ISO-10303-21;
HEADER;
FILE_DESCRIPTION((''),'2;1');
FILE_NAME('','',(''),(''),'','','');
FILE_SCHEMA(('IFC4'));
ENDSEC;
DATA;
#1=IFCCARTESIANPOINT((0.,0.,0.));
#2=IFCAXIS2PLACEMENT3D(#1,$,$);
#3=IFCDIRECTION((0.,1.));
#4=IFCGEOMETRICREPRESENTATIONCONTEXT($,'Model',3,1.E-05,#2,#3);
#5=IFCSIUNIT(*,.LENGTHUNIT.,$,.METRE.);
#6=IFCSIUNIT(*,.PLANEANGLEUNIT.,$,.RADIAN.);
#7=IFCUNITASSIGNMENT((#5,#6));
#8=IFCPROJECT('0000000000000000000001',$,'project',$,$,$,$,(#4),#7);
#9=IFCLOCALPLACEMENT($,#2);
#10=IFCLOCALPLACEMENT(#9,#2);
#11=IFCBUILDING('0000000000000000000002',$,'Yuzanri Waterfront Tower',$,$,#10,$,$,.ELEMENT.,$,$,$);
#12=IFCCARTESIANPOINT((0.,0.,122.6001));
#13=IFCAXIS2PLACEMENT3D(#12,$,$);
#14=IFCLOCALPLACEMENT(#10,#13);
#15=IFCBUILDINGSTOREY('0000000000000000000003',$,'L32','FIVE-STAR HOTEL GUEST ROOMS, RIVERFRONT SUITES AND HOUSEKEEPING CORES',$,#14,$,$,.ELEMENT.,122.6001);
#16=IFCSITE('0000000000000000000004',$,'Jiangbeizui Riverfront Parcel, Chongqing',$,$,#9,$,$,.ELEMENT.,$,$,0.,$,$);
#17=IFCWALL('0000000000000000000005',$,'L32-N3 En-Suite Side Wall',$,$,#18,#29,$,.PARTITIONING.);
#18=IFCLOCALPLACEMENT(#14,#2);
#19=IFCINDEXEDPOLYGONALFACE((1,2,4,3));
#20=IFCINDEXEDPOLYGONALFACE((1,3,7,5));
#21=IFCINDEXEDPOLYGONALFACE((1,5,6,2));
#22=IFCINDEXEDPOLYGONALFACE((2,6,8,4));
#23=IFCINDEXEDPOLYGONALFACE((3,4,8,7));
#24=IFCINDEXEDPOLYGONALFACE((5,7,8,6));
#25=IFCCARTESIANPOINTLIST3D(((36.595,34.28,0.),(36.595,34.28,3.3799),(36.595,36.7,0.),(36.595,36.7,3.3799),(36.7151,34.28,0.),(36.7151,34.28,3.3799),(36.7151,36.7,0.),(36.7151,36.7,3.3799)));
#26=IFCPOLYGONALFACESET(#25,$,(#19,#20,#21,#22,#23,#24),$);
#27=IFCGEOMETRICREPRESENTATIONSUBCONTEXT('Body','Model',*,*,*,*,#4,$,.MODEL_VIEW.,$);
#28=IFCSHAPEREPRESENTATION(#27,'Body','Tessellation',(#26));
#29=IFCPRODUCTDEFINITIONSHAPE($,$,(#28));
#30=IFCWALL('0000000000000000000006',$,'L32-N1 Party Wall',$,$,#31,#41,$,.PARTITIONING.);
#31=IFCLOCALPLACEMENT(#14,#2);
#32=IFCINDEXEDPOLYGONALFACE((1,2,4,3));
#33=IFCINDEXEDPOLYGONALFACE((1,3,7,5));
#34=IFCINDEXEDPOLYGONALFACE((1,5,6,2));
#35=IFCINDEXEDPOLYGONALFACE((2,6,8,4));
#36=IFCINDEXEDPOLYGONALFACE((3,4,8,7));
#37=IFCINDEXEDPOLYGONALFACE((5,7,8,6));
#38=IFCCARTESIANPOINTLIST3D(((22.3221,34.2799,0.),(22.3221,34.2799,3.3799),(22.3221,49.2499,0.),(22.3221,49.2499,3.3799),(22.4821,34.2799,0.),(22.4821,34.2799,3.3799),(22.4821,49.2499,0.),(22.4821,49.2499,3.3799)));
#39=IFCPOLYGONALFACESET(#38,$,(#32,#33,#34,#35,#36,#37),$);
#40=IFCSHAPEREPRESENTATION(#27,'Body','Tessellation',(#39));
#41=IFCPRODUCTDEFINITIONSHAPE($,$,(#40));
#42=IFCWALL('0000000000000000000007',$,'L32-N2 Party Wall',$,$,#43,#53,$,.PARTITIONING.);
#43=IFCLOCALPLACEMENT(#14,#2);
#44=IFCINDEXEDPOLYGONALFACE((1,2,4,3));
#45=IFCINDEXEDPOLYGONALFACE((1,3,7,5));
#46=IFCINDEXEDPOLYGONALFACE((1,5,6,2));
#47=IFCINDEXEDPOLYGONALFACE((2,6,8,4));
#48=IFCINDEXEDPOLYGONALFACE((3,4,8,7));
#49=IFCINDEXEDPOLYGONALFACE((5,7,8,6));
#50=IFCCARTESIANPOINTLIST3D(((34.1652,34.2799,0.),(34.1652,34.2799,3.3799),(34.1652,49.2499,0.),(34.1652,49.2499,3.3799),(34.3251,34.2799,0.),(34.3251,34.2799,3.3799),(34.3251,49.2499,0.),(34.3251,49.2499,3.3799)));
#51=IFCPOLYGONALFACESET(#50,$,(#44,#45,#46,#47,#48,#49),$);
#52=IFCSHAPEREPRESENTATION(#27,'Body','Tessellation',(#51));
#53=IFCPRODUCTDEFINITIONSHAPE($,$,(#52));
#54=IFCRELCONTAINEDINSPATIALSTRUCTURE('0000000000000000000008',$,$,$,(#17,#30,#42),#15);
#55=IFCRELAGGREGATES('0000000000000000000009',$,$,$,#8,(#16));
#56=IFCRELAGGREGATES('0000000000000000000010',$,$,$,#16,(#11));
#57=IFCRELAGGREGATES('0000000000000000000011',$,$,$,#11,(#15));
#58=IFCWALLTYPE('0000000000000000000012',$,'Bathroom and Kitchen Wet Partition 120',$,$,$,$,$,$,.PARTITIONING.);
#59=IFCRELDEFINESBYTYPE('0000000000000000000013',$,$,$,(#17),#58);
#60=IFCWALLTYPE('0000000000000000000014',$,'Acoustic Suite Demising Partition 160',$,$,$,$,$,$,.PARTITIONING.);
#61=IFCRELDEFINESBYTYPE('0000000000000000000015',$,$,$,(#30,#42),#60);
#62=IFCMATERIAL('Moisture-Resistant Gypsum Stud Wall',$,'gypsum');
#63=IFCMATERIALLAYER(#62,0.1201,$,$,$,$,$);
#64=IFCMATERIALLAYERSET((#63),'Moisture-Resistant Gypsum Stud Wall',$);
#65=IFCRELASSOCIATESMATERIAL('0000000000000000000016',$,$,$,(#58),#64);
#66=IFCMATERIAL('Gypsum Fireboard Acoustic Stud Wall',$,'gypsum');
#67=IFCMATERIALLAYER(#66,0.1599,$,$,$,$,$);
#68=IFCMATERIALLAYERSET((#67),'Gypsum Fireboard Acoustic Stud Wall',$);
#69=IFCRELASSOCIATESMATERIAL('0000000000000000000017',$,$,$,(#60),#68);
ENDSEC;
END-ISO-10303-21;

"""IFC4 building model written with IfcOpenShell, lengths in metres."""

from ifc_helpers import new_model, si_unit, direction, frame, frame_2d, origin, place, context, subcontext, project, spatial, rectangle, extrude, source, transform, mapped, material, layer, layer_set, type_object, element, save


model = new_model("IFC4")

# Units and contexts
model_context = context("Model", 3, precision=1e-05, world=origin(), true_north=direction((0.0, 1.0)))
body_context = subcontext(model_context, "Body", "Model", "MODEL_VIEW")
ifc_project = project(units=[si_unit("LENGTHUNIT", "METRE"), si_unit("PLANEANGLEUNIT", "RADIAN")], contexts=[model_context])

# Site, building, storey
site_placement = place(None, origin())
site = spatial("IfcSite", under=ifc_project, at=site_placement, Name="Jiangbeizui Riverfront Parcel, Chongqing", CompositionType="ELEMENT", RefElevation=0.0)
building_placement = place(site_placement, origin())
building = spatial("IfcBuilding", under=site, at=building_placement, Name="Yuzanri Waterfront Tower", CompositionType="ELEMENT")
storey_placement = place(building_placement, frame((0.0, 0.0, 122.6001)))
storey = spatial("IfcBuildingStorey", under=building, at=storey_placement, Name="L32", Description="FIVE-STAR HOTEL GUEST ROOMS, RIVERFRONT SUITES AND HOUSEKEEPING CORES", CompositionType="ELEMENT", Elevation=122.6001)

# Shared definitions
ifc_material_1 = material(Name="Moisture-Resistant Gypsum Stud Wall", Category="gypsum")
ifc_layer_1 = layer(ifc_material_1, 0.1201)
ifc_layer_set_1 = layer_set([ifc_layer_1], Name="Moisture-Resistant Gypsum Stud Wall")
wall_type_1 = type_object("IfcWallType", Name="Bathroom and Kitchen Wet Partition 120", PredefinedType="PARTITIONING", material=ifc_layer_set_1)

# Walls
shared_shape_1 = source(origin(), body_context, "Body", "SweptSolid", [
    extrude(rectangle(XDim=2.4199, YDim=0.1201, at=frame_2d((1.21, 0.0))), origin(), (0.0, 0.0, 1.0), 3.3799),
])
for number, where, z_axis, x_axis, name in (
    (1, (36.655, 34.28, 0.0), (0.0, 0.0, 1.0), (0.0, 1.0, 0.0), "L32-N3 En-Suite Side Wall"),
):
    element("IfcWall", number, at=place(storey_placement, frame(where, z_axis=z_axis, x_axis=x_axis)), inside=storey, type_object=wall_type_1, Name=name, PredefinedType="PARTITIONING", context=body_context, shape_type="MappedRepresentation", body=[
        mapped(shared_shape_1, transform((0.0, 0.0, 0.0), scale=1.0)),
    ])
ifc_material_2 = material(Name="Gypsum Fireboard Acoustic Stud Wall", Category="gypsum")
ifc_layer_2 = layer(ifc_material_2, 0.1599)
ifc_layer_set_2 = layer_set([ifc_layer_2], Name="Gypsum Fireboard Acoustic Stud Wall")
wall_type_2 = type_object("IfcWallType", Name="Acoustic Suite Demising Partition 160", PredefinedType="PARTITIONING", material=ifc_layer_set_2)
shared_shape_2 = source(origin(), body_context, "Body", "SweptSolid", [
    extrude(rectangle(XDim=14.97, YDim=0.1599, at=frame_2d((7.4849, 0.0))), origin(), (0.0, 0.0, 1.0), 3.3799),
])
for number, where, z_axis, x_axis, name in (
    (2, (22.4021, 34.28, 0.0), (0.0, 0.0, 1.0), (0.0, 1.0, 0.0), "L32-N1 Party Wall"),
    (3, (34.2451, 34.28, 0.0), (0.0, 0.0, 1.0), (0.0, 1.0, 0.0), "L32-N2 Party Wall"),
):
    element("IfcWall", number, at=place(storey_placement, frame(where, z_axis=z_axis, x_axis=x_axis)), inside=storey, type_object=wall_type_2, Name=name, PredefinedType="PARTITIONING", context=body_context, shape_type="MappedRepresentation", body=[
        mapped(shared_shape_2, transform((0.0, 0.0, 0.0), scale=1.0)),
    ])

save(model, "model.ifc")
